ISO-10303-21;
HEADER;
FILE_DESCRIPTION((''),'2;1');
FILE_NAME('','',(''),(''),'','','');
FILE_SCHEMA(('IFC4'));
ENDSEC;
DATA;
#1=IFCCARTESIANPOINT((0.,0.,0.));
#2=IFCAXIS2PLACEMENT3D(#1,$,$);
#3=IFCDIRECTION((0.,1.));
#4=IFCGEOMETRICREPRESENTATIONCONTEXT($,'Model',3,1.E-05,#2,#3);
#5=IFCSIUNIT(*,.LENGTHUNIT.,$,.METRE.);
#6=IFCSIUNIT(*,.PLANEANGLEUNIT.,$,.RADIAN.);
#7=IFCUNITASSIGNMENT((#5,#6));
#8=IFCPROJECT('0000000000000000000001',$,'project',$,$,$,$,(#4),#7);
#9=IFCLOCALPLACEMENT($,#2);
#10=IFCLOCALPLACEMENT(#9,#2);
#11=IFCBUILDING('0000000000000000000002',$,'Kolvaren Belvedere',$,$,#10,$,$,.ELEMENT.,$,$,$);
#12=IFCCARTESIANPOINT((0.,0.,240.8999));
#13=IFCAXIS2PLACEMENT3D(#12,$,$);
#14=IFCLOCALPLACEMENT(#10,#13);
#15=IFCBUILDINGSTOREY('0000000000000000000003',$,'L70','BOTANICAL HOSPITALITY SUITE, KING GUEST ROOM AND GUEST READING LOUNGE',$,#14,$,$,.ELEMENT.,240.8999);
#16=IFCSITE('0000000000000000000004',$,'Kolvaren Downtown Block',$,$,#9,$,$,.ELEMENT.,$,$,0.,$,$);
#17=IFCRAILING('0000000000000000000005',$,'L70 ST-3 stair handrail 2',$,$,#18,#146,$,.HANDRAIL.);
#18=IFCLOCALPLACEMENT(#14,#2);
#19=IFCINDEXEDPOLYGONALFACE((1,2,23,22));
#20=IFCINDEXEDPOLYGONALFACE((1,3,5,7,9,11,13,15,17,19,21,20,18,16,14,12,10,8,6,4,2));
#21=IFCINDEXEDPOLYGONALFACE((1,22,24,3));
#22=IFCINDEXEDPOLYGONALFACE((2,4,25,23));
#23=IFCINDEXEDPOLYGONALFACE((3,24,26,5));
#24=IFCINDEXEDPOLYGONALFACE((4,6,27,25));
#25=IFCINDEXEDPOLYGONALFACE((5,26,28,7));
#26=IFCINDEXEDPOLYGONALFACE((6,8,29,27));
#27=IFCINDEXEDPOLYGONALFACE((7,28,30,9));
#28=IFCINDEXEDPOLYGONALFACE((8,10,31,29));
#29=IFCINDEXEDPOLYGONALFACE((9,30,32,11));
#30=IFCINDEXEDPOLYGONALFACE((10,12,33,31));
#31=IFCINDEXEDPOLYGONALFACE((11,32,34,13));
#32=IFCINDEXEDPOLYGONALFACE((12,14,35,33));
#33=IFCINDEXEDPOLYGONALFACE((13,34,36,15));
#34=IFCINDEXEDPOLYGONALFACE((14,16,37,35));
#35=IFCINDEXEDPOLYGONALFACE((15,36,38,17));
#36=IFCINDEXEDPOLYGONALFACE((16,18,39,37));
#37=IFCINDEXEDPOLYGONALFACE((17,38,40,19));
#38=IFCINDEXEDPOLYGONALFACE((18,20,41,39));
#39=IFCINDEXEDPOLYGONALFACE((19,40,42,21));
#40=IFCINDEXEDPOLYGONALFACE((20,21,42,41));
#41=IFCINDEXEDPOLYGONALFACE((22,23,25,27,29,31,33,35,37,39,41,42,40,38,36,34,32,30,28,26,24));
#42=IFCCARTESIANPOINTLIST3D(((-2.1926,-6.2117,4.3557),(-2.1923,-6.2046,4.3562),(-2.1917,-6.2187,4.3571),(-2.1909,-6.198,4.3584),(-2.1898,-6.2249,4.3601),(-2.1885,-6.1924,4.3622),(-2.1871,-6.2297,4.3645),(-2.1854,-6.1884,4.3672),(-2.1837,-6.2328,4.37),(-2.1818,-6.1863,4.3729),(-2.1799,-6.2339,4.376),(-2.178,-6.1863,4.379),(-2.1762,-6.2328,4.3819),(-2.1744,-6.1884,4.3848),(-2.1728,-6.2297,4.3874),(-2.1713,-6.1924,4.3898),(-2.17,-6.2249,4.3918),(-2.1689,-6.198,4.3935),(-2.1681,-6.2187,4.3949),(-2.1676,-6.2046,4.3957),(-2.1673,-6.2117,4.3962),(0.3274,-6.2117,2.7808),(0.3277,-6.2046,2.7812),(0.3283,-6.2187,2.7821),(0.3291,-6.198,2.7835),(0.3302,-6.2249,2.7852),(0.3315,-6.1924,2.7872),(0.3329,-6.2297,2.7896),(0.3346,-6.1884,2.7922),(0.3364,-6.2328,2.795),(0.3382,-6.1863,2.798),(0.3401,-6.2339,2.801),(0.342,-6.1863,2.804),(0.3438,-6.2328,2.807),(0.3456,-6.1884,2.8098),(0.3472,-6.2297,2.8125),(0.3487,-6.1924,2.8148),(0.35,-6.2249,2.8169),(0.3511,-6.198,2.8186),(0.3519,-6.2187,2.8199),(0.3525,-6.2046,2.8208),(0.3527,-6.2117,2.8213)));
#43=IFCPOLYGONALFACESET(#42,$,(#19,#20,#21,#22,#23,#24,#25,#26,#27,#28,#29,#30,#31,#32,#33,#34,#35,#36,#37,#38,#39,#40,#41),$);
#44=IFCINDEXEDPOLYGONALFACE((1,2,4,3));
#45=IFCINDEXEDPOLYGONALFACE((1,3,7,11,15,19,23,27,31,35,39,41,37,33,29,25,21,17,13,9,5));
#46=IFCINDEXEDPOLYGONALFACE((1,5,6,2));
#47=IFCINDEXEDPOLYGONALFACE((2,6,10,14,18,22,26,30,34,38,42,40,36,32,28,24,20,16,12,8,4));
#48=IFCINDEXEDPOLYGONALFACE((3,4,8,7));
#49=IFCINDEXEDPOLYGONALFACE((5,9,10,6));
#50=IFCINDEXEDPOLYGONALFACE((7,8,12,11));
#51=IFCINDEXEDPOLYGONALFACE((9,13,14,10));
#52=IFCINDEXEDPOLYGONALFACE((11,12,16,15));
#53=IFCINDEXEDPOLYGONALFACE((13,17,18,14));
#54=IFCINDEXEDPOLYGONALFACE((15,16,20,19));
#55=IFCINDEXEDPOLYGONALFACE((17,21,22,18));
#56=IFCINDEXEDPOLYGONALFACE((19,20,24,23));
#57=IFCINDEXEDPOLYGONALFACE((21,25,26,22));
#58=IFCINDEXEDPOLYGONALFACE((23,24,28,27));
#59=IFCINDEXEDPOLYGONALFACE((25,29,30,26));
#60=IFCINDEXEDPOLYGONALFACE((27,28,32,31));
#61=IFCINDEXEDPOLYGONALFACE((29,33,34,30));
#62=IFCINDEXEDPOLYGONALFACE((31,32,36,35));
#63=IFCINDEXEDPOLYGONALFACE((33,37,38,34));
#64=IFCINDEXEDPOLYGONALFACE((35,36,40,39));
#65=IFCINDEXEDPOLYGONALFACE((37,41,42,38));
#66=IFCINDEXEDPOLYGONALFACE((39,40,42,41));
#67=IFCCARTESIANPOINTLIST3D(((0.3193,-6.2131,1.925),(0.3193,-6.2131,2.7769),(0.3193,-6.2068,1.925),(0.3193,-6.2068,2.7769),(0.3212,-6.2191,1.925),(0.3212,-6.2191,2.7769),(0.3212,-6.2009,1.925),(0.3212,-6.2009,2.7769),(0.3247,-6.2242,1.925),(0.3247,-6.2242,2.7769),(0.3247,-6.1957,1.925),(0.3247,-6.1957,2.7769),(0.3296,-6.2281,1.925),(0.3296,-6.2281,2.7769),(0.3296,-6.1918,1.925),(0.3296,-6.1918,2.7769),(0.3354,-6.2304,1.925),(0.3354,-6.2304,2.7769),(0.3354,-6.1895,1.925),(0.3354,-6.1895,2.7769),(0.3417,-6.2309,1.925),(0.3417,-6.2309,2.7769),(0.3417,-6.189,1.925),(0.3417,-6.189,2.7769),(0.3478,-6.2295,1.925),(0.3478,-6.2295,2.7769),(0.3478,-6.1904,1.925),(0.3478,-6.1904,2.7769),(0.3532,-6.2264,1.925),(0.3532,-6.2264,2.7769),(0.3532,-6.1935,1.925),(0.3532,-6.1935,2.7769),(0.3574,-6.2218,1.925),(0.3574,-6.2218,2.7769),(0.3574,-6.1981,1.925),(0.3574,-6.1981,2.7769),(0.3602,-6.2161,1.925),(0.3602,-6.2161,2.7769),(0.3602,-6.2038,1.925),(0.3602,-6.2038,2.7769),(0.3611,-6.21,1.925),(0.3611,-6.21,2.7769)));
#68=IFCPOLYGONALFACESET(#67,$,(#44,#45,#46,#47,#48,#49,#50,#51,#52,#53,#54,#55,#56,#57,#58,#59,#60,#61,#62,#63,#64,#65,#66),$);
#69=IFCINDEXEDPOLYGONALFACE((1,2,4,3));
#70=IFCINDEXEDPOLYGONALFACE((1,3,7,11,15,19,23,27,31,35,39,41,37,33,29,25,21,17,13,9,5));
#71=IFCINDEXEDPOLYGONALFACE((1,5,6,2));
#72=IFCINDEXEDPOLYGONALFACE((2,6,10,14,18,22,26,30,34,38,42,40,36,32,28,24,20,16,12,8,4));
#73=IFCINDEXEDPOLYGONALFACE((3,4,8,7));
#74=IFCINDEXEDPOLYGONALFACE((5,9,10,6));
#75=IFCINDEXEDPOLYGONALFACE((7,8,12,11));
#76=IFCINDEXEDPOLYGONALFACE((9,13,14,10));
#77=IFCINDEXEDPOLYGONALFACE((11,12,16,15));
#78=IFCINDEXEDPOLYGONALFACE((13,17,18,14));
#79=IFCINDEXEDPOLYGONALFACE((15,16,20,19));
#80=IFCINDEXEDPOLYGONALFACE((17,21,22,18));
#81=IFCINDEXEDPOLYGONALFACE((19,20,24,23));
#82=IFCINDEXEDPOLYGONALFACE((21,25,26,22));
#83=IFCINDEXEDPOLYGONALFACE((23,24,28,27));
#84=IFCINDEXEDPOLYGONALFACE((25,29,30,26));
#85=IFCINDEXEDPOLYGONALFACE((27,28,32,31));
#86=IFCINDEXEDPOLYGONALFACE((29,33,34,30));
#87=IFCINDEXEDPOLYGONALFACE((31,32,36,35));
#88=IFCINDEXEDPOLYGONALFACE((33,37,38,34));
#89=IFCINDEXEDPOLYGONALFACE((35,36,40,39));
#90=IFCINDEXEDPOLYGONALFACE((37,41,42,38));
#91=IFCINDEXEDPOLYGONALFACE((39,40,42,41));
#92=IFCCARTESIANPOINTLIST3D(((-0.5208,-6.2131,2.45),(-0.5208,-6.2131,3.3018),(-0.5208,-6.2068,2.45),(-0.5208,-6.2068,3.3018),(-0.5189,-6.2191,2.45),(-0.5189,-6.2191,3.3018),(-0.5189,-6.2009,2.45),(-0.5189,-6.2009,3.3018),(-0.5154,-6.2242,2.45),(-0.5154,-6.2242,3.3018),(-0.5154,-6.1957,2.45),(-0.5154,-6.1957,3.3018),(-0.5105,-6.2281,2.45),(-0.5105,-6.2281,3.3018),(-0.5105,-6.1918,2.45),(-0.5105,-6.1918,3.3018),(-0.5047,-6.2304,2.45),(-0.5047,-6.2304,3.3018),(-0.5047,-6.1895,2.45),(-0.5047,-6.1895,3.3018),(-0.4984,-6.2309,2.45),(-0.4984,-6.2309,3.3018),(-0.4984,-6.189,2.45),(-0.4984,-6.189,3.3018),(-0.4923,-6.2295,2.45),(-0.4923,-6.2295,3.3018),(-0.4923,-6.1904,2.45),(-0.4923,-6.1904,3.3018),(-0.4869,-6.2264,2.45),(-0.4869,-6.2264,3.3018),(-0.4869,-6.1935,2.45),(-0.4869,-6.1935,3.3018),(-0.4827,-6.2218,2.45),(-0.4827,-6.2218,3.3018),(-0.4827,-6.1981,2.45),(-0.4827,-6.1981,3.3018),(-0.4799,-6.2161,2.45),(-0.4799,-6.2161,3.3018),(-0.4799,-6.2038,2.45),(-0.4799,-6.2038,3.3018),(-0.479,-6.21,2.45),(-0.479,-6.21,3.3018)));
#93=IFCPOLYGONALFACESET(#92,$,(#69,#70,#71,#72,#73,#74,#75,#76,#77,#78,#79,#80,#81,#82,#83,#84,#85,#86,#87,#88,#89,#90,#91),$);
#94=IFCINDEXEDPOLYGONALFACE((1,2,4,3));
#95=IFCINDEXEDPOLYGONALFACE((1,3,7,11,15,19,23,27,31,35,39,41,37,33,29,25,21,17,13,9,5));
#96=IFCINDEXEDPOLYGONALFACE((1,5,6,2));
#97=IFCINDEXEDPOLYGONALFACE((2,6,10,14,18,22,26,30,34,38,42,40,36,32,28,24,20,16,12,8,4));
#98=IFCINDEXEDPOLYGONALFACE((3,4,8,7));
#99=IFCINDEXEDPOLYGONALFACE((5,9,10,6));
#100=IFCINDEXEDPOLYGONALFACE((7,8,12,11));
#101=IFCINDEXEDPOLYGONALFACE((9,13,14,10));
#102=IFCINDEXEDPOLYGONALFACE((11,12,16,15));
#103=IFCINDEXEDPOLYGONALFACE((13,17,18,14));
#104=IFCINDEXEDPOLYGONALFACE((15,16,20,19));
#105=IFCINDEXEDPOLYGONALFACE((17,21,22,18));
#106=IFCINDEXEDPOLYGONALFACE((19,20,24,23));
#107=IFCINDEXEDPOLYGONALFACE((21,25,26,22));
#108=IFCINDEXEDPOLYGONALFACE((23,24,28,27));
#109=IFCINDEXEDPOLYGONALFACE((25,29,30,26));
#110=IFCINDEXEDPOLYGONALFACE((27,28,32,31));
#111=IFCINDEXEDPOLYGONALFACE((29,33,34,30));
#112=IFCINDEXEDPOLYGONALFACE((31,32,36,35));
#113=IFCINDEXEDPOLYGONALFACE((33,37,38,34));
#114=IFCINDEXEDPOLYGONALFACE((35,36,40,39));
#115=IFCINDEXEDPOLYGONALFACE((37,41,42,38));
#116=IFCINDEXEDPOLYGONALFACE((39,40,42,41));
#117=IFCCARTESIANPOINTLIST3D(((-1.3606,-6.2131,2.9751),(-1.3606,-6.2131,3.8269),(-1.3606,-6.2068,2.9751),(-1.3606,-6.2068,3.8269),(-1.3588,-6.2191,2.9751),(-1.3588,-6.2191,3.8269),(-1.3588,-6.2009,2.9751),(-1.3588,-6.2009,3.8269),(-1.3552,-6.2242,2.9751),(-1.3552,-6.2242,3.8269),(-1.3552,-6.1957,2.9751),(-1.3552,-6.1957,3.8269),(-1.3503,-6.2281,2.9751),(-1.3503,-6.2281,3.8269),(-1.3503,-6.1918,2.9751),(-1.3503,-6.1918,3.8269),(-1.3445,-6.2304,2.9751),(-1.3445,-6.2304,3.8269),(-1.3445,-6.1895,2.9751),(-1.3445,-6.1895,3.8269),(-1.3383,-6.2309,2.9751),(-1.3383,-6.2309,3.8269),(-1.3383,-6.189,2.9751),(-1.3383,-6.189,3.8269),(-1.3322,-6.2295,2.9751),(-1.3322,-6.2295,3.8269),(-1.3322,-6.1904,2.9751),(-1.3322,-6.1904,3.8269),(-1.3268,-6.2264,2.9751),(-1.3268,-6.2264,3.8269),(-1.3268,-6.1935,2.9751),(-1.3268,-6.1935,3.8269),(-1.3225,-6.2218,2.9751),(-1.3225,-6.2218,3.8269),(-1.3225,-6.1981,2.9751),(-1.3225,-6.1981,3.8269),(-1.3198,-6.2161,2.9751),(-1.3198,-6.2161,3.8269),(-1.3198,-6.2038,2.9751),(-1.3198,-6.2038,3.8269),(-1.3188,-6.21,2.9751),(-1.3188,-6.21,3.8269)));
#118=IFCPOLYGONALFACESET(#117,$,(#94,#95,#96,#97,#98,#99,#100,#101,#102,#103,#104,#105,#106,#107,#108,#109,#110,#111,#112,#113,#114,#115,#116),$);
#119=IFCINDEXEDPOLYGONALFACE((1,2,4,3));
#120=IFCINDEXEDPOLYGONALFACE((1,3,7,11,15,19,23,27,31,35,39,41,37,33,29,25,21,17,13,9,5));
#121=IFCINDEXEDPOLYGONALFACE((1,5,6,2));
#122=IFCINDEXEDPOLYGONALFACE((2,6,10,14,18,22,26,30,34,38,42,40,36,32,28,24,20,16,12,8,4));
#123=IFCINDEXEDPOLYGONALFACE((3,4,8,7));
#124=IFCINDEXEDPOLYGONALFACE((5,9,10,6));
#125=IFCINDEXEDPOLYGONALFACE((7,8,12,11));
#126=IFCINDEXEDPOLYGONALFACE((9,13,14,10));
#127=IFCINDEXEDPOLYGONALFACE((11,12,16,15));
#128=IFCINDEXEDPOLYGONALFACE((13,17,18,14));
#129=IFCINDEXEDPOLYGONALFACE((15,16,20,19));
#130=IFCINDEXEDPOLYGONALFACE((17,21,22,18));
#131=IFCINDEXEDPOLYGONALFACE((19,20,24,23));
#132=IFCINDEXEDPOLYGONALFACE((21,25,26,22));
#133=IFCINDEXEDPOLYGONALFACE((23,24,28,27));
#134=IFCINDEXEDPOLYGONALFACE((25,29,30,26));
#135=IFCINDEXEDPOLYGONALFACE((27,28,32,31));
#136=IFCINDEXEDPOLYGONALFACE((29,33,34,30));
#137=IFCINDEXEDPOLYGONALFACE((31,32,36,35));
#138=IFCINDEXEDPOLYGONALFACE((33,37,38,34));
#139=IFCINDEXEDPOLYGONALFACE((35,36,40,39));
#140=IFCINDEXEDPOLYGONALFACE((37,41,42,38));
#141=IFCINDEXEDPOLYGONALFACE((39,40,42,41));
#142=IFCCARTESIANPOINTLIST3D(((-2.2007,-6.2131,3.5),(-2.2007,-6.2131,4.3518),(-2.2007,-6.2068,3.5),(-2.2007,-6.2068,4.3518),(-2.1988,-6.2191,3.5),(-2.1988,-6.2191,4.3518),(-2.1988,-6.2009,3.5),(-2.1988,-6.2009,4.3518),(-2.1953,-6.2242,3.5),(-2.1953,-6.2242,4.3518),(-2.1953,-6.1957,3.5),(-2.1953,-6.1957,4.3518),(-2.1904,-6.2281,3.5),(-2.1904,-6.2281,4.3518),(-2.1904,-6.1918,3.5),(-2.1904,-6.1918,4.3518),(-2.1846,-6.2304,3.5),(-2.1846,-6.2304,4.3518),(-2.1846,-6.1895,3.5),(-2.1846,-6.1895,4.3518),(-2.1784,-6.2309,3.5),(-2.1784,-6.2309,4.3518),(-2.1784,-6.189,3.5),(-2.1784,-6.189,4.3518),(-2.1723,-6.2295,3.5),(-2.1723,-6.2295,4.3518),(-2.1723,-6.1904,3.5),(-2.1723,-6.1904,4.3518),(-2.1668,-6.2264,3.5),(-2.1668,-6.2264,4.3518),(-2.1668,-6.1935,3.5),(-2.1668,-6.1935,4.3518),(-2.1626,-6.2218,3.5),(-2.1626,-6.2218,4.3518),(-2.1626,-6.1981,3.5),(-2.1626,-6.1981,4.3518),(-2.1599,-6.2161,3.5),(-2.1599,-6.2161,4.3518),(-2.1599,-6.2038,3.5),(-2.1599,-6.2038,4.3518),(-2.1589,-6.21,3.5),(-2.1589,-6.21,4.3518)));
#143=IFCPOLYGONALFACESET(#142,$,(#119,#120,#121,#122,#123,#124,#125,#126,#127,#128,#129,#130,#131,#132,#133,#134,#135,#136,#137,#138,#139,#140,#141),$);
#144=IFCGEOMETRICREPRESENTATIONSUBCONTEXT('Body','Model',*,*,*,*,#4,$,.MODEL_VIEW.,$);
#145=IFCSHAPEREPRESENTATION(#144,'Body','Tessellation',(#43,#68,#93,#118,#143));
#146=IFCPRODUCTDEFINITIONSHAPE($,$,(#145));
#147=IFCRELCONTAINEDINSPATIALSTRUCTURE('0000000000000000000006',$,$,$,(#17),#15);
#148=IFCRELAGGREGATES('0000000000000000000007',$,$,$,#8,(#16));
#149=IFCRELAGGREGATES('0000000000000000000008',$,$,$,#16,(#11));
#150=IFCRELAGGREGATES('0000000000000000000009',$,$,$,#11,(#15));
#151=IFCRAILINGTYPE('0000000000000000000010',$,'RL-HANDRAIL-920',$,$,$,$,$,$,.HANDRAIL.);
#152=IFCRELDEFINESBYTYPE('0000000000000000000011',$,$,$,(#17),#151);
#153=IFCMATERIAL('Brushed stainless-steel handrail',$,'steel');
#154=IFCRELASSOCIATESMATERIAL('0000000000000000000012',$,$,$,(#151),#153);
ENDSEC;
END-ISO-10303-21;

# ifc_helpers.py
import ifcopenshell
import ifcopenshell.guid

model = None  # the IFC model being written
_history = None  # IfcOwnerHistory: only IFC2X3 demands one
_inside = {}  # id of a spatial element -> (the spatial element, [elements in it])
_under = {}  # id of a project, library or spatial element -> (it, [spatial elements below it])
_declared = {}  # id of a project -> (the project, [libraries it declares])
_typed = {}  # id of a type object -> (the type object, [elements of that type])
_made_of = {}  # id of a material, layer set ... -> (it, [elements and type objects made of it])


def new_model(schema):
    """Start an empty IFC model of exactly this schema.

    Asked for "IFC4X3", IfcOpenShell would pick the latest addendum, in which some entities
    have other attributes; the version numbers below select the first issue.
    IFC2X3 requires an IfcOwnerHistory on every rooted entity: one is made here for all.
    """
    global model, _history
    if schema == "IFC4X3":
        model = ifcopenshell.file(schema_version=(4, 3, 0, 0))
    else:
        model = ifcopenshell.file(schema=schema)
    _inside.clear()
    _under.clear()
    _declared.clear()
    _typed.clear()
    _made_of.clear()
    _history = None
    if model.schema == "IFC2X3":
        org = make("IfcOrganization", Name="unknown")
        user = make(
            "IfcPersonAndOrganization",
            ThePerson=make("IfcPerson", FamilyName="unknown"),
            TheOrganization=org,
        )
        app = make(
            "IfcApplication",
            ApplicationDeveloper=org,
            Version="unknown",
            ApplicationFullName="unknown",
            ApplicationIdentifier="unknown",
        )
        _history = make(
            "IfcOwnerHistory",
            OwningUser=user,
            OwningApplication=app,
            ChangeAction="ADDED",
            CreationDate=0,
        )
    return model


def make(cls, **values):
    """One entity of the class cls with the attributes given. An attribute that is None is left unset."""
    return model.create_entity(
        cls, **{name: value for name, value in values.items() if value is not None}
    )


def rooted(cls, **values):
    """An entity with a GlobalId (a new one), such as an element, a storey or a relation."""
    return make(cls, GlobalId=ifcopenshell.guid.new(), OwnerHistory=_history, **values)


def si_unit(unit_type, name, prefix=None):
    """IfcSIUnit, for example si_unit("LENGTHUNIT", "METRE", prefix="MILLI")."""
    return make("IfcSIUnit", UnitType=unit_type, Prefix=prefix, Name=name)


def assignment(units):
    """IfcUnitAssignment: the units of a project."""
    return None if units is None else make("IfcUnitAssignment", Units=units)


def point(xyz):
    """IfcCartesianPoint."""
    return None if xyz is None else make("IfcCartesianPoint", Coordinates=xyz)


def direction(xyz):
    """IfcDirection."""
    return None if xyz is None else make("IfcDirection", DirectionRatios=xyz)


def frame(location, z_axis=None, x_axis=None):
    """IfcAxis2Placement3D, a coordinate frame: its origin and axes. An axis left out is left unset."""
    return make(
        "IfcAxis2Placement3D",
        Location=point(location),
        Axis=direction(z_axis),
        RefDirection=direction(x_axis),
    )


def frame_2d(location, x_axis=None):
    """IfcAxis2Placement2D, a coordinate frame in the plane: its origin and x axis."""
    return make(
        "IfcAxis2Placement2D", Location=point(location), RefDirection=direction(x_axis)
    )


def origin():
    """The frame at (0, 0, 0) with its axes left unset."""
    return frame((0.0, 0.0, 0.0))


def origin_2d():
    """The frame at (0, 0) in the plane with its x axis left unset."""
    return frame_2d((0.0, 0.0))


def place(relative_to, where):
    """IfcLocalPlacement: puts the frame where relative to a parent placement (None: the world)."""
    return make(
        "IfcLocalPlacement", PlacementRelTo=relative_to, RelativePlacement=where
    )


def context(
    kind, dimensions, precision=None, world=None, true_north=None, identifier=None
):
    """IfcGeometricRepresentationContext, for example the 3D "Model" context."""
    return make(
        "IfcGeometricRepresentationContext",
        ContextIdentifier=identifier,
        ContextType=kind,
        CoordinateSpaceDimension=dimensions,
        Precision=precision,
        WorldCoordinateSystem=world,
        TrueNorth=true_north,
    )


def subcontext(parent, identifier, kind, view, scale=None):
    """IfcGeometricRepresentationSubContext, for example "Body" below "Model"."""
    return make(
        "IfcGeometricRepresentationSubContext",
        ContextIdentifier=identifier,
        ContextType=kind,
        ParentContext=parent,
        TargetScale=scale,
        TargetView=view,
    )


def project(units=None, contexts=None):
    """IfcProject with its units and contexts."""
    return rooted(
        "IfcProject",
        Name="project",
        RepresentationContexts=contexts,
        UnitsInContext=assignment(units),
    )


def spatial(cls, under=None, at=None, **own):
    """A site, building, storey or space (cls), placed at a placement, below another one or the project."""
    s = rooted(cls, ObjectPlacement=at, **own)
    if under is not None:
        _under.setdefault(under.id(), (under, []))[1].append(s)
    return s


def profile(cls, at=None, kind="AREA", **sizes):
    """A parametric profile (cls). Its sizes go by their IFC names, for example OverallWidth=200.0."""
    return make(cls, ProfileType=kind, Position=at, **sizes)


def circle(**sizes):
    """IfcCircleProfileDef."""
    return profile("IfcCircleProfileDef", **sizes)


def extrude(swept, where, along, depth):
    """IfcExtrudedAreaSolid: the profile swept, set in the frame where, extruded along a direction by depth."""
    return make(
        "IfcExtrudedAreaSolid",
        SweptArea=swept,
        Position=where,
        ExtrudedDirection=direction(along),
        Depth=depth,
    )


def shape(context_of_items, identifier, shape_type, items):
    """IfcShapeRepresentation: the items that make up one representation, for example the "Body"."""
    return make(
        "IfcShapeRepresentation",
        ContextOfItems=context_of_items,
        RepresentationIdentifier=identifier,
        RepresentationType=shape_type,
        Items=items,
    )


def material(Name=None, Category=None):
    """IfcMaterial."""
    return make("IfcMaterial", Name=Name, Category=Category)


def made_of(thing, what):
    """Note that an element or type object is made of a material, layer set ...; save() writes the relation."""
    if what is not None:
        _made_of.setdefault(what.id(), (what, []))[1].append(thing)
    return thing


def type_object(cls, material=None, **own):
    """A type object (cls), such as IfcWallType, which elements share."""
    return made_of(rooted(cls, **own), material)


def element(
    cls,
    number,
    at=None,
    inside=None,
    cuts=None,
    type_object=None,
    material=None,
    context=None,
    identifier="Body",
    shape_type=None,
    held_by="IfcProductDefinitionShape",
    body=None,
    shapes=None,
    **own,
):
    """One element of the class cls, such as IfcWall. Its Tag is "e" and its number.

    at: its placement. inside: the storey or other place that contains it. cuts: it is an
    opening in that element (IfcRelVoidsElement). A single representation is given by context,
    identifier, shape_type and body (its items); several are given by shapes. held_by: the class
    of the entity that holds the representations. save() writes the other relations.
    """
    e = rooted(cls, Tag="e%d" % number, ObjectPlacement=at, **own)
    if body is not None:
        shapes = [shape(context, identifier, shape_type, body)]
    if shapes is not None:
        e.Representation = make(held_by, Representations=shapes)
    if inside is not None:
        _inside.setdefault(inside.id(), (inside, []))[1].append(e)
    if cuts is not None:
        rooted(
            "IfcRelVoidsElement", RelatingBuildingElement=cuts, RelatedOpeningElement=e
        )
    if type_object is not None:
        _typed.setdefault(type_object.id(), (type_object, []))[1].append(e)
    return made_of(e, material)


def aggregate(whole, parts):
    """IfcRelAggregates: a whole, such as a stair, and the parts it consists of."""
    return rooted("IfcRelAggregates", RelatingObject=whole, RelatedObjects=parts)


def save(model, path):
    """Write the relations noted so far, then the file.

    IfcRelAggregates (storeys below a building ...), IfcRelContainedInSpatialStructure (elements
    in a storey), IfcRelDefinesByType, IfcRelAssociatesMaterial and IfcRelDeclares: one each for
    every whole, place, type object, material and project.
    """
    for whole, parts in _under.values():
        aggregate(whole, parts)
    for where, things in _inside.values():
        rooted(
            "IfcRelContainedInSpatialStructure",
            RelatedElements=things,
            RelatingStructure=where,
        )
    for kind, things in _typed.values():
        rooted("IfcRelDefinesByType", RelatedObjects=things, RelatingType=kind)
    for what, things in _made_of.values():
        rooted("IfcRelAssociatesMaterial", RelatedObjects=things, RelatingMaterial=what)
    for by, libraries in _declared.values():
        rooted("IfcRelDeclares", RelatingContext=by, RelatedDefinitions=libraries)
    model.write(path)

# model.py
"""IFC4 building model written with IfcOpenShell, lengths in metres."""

from ifc_helpers import new_model, si_unit, direction, frame, origin, origin_2d, place, context, subcontext, project, spatial, circle, extrude, material, type_object, element, save


model = new_model("IFC4")

# Units and contexts
model_context = context("Model", 3, precision=1e-05, world=origin(), true_north=direction((0.0, 1.0)))
body_context = subcontext(model_context, "Body", "Model", "MODEL_VIEW")
ifc_project = project(units=[si_unit("LENGTHUNIT", "METRE"), si_unit("PLANEANGLEUNIT", "RADIAN")], contexts=[model_context])

# Site, building, storey
site_placement = place(None, origin())
site = spatial("IfcSite", under=ifc_project, at=site_placement, Name="Kolvaren Downtown Block", CompositionType="ELEMENT", RefElevation=0.0)
building_placement = place(site_placement, origin())
building = spatial("IfcBuilding", under=site, at=building_placement, Name="Kolvaren Belvedere", CompositionType="ELEMENT")
storey_placement = place(building_placement, frame((0.0, 0.0, 240.8999)))
storey = spatial("IfcBuildingStorey", under=building, at=storey_placement, Name="L70", Description="BOTANICAL HOSPITALITY SUITE, KING GUEST ROOM AND GUEST READING LOUNGE", CompositionType="ELEMENT", Elevation=240.8999)

# Railing
ifc_material_1 = material(Name="Brushed stainless-steel handrail", Category="steel")
railing_type_1 = type_object("IfcRailingType", Name="RL-HANDRAIL-920", PredefinedType="HANDRAIL", material=ifc_material_1)
railing_1_placement = place(storey_placement, frame((0.3401, -6.21, 1.925)))
element("IfcRailing", 1, at=railing_1_placement, inside=storey, type_object=railing_type_1, Name="L70 ST-3 stair handrail 2", PredefinedType="HANDRAIL", context=body_context, shape_type="SweptSolid", body=[
    extrude(circle(Radius=0.0239, at=origin_2d()), frame((0.0, 0.0, 0.876), z_axis=(-0.848008, 0.0, 0.529984), x_axis=(0.0, -1.0, 0.0)), (0.0, 0.0, 1.0), 2.9717),
    extrude(circle(Radius=0.021, at=origin_2d()), origin(), (0.0, 0.0, 1.0), 0.8518),
    extrude(circle(Radius=0.021, at=origin_2d()), frame((-0.8401, 0.0, 0.5249)), (0.0, 0.0, 1.0), 0.8518),
    extrude(circle(Radius=0.021, at=origin_2d()), frame((-1.6799, 0.0, 1.05)), (0.0, 0.0, 1.0), 0.8518),
    extrude(circle(Radius=0.021, at=origin_2d()), frame((-2.52, 0.0, 1.575)), (0.0, 0.0, 1.0), 0.8518),
])

save(model, "model.ifc")
